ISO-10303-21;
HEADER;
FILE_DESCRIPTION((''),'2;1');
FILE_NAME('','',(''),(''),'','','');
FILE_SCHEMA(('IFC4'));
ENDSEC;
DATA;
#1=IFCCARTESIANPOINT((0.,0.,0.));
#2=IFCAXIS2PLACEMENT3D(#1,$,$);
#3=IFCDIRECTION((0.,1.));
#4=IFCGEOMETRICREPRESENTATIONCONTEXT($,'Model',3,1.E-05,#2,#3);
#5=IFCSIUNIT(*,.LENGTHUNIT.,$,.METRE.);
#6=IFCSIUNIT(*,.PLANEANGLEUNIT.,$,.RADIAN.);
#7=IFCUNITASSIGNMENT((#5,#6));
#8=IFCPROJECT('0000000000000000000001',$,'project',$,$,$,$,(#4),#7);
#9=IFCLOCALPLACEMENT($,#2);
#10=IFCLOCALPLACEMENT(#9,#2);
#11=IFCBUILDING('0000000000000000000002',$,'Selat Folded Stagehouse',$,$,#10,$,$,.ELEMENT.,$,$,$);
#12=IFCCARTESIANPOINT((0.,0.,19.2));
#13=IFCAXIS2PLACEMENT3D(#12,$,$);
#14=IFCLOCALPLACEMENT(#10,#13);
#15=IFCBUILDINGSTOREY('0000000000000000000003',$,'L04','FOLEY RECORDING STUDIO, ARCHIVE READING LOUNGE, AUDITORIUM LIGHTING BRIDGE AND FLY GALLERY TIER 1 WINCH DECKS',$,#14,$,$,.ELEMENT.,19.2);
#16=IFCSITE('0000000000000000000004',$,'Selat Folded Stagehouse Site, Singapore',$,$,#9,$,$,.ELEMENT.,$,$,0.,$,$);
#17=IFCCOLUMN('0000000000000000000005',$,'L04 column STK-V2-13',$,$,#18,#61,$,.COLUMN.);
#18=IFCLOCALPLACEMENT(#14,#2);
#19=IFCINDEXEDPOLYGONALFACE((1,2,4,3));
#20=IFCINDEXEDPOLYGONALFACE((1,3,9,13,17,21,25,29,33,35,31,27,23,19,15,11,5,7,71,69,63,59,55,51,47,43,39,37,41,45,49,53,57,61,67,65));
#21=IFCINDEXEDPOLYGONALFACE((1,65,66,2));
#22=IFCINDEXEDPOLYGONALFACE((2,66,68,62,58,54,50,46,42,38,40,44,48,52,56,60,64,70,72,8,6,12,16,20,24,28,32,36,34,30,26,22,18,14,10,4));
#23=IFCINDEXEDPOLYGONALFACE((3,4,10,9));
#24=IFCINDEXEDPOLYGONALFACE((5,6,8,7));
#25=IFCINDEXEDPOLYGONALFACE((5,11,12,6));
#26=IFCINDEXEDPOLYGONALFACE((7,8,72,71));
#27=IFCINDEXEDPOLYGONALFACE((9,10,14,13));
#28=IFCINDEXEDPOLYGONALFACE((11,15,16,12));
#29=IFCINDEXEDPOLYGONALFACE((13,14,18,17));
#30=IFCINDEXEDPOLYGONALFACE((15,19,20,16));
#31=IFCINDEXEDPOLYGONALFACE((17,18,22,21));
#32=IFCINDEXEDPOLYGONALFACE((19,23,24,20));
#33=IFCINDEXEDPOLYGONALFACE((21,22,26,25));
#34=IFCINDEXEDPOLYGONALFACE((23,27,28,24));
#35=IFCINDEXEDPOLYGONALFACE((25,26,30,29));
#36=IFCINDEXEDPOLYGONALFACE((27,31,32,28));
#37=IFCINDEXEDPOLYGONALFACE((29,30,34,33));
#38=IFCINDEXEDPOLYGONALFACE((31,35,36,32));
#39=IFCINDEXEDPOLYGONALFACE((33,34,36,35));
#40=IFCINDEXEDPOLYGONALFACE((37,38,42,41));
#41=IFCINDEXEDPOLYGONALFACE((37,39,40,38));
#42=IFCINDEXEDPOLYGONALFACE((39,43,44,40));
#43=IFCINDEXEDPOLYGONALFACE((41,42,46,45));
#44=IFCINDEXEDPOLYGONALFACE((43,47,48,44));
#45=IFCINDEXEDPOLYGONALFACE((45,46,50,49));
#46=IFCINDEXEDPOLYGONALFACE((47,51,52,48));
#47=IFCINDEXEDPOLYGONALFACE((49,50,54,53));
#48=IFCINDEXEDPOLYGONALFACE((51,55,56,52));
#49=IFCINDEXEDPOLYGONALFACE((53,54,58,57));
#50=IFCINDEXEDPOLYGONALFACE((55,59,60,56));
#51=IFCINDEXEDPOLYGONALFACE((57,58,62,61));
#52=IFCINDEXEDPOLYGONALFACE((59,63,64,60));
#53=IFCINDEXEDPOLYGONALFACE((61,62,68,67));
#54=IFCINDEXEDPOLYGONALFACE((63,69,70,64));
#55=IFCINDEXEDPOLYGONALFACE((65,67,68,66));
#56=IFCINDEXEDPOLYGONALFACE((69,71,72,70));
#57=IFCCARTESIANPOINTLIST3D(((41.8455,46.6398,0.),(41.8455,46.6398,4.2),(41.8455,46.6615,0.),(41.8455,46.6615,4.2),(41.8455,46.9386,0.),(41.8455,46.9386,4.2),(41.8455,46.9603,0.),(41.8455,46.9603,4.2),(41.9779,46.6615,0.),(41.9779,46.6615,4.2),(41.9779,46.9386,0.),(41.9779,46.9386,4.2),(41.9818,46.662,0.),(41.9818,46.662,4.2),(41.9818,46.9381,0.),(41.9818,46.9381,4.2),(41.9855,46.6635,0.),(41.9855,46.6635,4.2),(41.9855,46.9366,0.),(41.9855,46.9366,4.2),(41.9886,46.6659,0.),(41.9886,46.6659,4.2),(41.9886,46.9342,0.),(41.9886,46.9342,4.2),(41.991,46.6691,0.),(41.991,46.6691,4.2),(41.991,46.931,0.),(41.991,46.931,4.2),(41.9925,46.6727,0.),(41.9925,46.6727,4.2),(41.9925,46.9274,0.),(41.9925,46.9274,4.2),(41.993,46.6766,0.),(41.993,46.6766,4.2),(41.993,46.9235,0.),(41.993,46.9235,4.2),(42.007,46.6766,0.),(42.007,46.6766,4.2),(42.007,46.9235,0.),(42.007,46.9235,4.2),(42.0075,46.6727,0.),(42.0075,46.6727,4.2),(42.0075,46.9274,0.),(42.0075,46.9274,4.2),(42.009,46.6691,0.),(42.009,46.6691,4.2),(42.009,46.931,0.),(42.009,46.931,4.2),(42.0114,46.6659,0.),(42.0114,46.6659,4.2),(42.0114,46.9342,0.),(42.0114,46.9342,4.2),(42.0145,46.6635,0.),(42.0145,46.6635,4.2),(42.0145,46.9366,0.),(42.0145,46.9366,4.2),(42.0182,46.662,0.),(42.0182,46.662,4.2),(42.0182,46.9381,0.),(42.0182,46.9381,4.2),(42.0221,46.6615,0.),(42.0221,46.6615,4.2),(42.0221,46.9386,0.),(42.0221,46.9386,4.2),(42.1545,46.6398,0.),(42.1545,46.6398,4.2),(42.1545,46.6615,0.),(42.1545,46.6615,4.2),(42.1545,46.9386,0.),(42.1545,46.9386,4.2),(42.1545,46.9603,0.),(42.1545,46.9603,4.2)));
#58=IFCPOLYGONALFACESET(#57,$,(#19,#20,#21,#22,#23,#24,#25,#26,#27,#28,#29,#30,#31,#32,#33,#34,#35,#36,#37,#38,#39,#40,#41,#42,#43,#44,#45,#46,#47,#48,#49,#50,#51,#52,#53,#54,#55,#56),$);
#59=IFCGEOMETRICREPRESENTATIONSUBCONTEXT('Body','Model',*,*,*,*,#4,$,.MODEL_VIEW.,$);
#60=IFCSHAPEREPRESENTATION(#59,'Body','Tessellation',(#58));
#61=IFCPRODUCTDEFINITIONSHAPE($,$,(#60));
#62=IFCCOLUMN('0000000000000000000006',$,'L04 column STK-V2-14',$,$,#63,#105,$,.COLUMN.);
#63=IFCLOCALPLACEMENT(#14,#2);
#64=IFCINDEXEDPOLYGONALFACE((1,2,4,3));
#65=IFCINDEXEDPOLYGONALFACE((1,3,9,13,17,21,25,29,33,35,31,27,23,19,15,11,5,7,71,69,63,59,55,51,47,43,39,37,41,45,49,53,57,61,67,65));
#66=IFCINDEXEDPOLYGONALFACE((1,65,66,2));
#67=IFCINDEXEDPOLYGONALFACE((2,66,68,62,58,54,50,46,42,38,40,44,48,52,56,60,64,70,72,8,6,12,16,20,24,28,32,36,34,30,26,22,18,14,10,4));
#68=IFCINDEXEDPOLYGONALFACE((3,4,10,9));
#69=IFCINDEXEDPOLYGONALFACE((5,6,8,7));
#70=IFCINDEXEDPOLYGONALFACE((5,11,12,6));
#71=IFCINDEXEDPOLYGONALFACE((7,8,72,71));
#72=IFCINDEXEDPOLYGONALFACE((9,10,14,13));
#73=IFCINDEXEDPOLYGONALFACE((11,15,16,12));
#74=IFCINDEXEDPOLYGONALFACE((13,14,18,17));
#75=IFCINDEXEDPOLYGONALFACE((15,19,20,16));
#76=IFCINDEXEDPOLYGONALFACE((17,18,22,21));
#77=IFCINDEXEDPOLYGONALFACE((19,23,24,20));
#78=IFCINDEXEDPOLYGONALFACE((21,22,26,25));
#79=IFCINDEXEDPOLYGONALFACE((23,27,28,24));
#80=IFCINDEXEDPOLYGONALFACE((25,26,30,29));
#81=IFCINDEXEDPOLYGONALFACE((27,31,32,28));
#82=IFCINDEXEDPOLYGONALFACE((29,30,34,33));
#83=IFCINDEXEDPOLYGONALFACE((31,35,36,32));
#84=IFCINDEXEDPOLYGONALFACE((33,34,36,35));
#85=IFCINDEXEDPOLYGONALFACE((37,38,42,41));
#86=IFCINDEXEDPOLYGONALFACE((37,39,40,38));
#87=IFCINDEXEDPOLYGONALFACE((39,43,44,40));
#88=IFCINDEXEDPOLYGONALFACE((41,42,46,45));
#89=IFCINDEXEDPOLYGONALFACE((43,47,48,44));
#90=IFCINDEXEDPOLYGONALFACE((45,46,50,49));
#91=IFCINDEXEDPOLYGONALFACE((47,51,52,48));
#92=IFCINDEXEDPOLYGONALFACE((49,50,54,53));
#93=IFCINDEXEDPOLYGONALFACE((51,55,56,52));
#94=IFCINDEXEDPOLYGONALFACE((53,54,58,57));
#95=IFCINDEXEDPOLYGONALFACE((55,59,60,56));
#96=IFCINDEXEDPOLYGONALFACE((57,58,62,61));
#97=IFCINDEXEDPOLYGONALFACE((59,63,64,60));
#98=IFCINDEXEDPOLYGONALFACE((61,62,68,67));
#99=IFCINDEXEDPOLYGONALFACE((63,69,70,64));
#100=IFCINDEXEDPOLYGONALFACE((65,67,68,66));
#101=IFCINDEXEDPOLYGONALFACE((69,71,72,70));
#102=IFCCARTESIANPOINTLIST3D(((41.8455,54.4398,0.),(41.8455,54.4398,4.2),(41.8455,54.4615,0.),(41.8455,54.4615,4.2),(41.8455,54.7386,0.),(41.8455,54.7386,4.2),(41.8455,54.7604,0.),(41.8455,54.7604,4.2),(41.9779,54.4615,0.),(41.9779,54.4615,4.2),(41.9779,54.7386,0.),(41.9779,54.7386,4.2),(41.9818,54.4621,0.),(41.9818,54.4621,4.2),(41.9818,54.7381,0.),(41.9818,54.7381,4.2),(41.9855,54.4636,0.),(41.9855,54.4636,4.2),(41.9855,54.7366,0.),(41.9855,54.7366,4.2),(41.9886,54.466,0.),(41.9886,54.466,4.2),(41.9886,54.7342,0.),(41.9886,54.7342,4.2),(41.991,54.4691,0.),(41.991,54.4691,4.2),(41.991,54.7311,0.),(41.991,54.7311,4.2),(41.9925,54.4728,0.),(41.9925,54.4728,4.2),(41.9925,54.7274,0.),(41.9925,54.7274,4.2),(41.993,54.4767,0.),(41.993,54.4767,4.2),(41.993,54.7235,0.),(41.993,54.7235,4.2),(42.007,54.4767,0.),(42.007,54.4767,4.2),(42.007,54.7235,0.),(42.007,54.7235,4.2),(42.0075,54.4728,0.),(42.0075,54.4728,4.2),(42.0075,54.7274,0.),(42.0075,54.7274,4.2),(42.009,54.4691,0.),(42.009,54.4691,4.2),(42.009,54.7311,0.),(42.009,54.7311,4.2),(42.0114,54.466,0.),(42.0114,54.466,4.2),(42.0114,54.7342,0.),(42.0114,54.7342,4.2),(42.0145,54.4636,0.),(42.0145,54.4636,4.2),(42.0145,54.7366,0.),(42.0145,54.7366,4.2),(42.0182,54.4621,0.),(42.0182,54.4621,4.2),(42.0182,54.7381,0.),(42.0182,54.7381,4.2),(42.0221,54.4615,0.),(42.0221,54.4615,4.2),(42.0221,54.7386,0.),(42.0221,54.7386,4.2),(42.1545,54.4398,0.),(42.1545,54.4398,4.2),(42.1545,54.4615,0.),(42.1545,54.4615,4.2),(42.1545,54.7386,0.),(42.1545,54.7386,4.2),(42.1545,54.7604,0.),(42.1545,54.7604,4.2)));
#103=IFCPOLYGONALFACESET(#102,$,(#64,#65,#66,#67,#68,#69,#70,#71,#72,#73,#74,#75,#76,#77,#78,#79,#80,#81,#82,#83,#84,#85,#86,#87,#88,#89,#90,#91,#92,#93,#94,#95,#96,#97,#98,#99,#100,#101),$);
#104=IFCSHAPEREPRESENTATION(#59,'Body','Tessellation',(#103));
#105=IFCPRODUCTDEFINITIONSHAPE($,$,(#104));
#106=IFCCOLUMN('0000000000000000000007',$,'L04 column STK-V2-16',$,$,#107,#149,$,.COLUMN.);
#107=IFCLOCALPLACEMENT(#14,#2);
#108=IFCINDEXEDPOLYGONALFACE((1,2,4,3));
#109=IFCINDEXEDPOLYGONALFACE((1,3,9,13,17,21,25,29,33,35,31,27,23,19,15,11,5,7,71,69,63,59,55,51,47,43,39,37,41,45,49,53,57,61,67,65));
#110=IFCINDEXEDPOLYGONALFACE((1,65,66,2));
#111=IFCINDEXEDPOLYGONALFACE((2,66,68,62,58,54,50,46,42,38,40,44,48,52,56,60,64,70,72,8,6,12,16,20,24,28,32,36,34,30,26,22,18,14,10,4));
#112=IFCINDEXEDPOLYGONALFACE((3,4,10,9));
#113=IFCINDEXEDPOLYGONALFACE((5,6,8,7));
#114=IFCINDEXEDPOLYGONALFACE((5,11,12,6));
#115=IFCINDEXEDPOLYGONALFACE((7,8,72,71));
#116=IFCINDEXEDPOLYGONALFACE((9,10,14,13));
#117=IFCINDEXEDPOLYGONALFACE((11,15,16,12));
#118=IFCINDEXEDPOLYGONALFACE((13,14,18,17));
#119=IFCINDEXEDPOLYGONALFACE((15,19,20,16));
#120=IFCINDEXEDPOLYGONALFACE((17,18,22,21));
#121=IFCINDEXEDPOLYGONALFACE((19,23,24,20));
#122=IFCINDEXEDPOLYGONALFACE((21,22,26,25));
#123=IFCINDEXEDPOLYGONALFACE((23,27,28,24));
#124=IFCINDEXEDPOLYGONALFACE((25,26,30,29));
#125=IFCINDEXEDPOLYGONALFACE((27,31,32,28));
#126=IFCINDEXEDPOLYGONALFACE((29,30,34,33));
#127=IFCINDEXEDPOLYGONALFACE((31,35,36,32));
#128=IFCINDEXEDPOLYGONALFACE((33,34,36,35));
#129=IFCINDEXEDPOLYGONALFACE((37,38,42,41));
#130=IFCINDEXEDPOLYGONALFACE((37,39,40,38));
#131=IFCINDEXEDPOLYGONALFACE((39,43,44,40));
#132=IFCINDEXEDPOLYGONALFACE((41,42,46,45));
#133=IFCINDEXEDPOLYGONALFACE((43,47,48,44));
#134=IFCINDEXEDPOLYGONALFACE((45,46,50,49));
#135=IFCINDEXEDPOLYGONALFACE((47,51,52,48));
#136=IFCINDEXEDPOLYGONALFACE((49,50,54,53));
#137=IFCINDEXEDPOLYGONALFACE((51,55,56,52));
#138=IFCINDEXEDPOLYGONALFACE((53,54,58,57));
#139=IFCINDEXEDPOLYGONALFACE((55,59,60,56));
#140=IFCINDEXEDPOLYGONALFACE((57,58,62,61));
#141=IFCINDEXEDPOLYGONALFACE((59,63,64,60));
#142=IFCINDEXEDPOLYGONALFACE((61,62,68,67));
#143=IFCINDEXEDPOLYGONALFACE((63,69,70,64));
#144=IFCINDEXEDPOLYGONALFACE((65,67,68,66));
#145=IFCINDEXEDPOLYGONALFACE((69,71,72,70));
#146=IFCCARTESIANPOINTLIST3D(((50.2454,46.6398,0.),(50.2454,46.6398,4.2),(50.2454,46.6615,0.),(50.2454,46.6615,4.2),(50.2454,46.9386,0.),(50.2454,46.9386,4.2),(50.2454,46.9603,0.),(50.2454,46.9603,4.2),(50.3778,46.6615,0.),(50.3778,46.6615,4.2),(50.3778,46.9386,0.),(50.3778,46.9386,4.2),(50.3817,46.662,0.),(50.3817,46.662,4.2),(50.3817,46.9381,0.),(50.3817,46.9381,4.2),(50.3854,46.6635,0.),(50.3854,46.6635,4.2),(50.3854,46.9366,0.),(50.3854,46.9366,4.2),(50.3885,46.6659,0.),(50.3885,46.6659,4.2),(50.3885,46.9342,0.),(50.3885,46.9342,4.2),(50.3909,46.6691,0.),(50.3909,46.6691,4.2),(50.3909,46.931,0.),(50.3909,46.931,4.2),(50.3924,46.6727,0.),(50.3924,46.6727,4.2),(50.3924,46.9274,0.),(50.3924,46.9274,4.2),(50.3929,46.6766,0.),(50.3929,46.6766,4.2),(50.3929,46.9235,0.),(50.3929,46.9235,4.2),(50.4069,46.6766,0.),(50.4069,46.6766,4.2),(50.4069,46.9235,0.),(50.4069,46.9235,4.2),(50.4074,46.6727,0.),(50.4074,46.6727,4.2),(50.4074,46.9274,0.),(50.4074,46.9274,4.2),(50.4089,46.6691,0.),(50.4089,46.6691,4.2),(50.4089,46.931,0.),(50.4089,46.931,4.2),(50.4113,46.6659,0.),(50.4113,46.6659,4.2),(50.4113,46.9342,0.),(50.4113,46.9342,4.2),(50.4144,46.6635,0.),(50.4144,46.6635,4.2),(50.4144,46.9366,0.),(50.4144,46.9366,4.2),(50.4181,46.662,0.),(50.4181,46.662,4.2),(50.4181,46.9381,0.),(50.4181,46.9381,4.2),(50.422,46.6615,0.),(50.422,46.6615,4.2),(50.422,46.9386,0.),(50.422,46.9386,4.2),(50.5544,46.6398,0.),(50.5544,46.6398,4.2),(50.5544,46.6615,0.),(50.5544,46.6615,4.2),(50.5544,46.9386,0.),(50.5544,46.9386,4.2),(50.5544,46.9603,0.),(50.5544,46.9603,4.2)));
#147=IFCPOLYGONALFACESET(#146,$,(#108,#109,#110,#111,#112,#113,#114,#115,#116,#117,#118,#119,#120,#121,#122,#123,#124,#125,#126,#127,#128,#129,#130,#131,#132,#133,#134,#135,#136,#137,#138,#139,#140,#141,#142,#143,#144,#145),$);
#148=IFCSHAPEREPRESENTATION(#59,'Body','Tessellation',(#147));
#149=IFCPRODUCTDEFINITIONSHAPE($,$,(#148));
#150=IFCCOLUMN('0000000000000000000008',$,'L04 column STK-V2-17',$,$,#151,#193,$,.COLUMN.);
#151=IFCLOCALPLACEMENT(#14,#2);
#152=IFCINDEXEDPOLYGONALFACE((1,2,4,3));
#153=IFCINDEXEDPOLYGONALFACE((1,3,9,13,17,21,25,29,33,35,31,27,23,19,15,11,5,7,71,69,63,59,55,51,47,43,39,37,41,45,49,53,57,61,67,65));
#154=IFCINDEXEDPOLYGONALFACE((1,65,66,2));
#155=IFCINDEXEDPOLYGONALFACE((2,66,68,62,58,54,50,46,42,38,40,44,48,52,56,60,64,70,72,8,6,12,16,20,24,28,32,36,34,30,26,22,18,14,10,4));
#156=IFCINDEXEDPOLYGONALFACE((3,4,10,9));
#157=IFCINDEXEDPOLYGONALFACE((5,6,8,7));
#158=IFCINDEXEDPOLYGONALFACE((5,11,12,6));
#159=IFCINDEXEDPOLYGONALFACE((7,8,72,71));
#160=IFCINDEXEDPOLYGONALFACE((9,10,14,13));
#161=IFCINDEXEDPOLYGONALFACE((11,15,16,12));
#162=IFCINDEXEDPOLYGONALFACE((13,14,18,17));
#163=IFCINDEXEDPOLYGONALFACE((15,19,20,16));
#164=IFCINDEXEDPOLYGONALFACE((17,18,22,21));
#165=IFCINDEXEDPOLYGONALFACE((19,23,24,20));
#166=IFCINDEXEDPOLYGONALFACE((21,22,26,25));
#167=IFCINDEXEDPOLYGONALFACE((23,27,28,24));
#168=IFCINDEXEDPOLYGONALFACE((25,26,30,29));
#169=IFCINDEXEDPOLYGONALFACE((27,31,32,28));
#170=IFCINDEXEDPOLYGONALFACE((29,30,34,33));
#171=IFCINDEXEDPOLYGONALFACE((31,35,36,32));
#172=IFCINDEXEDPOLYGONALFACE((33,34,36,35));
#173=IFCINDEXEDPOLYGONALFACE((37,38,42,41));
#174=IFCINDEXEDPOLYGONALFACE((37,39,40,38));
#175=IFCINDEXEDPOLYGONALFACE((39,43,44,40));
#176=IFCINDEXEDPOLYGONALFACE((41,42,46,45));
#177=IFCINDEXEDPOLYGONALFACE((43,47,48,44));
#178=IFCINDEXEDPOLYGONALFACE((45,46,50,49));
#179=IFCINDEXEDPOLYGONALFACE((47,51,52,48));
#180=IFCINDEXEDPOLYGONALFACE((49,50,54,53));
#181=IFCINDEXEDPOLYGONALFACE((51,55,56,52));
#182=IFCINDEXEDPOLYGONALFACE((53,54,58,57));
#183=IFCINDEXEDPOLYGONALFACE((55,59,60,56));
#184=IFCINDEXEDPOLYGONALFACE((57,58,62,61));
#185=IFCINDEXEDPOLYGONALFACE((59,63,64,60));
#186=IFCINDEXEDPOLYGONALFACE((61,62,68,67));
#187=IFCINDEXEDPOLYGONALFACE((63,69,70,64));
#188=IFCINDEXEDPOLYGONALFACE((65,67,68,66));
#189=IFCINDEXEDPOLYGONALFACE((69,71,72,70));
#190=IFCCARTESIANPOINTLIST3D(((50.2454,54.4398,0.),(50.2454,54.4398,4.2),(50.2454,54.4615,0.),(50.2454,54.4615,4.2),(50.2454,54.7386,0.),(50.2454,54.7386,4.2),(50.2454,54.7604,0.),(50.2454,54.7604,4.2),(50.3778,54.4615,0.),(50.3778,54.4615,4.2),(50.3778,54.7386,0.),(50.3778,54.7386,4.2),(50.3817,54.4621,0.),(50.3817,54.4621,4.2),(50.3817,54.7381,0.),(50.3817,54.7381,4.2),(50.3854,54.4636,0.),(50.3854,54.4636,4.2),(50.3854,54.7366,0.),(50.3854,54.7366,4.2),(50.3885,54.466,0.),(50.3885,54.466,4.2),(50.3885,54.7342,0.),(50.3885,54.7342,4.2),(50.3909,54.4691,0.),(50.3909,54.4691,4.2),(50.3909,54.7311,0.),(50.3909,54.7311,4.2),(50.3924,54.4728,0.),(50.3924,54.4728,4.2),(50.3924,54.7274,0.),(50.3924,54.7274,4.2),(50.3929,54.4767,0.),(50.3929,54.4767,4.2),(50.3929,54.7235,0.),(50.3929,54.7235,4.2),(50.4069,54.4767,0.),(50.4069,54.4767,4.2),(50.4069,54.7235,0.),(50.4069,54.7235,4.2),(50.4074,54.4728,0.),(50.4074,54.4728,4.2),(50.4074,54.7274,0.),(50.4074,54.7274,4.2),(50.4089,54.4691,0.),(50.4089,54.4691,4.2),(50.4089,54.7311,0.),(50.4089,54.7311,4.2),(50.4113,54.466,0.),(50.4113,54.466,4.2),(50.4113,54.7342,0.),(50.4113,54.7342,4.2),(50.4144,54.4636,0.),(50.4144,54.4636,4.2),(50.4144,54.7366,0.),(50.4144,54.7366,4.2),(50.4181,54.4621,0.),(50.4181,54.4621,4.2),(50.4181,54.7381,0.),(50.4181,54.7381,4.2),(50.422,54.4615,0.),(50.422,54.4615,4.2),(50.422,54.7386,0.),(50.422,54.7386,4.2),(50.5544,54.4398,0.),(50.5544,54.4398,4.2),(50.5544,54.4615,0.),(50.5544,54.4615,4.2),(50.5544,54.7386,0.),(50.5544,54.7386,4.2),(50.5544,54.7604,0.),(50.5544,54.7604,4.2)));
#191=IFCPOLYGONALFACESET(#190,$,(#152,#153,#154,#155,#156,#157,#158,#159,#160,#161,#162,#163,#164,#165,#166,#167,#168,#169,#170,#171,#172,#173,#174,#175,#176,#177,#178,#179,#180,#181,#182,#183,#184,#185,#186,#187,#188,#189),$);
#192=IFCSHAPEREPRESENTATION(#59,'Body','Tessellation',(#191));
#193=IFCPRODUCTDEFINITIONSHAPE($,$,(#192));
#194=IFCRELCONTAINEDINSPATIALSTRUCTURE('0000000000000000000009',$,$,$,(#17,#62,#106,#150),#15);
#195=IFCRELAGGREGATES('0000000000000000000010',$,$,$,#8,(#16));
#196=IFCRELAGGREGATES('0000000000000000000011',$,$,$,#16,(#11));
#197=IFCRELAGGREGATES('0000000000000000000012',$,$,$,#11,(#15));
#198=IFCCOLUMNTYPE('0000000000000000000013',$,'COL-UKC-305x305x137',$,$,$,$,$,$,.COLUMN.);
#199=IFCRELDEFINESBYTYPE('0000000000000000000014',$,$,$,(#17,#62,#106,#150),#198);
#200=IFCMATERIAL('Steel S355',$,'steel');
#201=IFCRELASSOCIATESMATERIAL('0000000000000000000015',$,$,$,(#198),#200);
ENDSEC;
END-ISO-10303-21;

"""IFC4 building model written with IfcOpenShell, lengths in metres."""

from ifc_helpers import new_model, si_unit, direction, frame, origin, origin_2d, place, context, subcontext, project, spatial, i_section, extrude, material, material_profile, profile_set, type_object, element, save


model = new_model("IFC4")

# Units and contexts
model_context = context("Model", 3, precision=1e-05, world=origin(), true_north=direction((0.0, 1.0)))
body_context = subcontext(model_context, "Body", "Model", "MODEL_VIEW")
ifc_project = project(units=[si_unit("LENGTHUNIT", "METRE"), si_unit("PLANEANGLEUNIT", "RADIAN")], contexts=[model_context])

# Site, building, storey
site_placement = place(None, origin())
site = spatial("IfcSite", under=ifc_project, at=site_placement, Name="Selat Folded Stagehouse Site, Singapore", CompositionType="ELEMENT", RefElevation=0.0)
building_placement = place(site_placement, origin())
building = spatial("IfcBuilding", under=site, at=building_placement, Name="Selat Folded Stagehouse", CompositionType="ELEMENT")
storey_placement = place(building_placement, frame((0.0, 0.0, 19.2)))
storey = spatial("IfcBuildingStorey", under=building, at=storey_placement, Name="L04", Description="FOLEY RECORDING STUDIO, ARCHIVE READING LOUNGE, AUDITORIUM LIGHTING BRIDGE AND FLY GALLERY TIER 1 WINCH DECKS", CompositionType="ELEMENT", Elevation=19.2)

# Columns
ifc_material_1 = material(Name="Steel S355", Category="steel")
ifc_material_profile_1 = material_profile(ifc_material_1, i_section(OverallWidth=0.3091, OverallDepth=0.3206, WebThickness=0.0139, FlangeThickness=0.0217, FilletRadius=0.0151, at=origin_2d()), Name="UKC 305x305x137")
ifc_profile_set_1 = profile_set([ifc_material_profile_1], Name="Steel S355")
column_type = type_object("IfcColumnType", Name="COL-UKC-305x305x137", PredefinedType="COLUMN", material=ifc_profile_set_1)
for number, where, z_axis, x_axis, name in (
    (1, (42.0, 46.8, 0.0), (0.0, 0.0, 1.0), (1.0, 0.0, 0.0), "L04 column STK-V2-13"),
    (2, (42.0, 54.6001, 0.0), (0.0, 0.0, 1.0), (1.0, 0.0, 0.0), "L04 column STK-V2-14"),
    (3, (50.3999, 46.8, 0.0), (0.0, 0.0, 1.0), (1.0, 0.0, 0.0), "L04 column STK-V2-16"),
    (4, (50.3999, 54.6001, 0.0), (0.0, 0.0, 1.0), (1.0, 0.0, 0.0), "L04 column STK-V2-17"),
):
    element("IfcColumn", number, at=place(storey_placement, frame(where, z_axis=z_axis, x_axis=x_axis)), inside=storey, type_object=column_type, Name=name, PredefinedType="COLUMN", context=body_context, shape_type="SweptSolid", body=[
        extrude(i_section(OverallWidth=0.3091, OverallDepth=0.3206, WebThickness=0.0139, FlangeThickness=0.0217, FilletRadius=0.0151, at=origin_2d()), origin(), (0.0, 0.0, 1.0), 4.2),
    ])

save(model, "model.ifc")
